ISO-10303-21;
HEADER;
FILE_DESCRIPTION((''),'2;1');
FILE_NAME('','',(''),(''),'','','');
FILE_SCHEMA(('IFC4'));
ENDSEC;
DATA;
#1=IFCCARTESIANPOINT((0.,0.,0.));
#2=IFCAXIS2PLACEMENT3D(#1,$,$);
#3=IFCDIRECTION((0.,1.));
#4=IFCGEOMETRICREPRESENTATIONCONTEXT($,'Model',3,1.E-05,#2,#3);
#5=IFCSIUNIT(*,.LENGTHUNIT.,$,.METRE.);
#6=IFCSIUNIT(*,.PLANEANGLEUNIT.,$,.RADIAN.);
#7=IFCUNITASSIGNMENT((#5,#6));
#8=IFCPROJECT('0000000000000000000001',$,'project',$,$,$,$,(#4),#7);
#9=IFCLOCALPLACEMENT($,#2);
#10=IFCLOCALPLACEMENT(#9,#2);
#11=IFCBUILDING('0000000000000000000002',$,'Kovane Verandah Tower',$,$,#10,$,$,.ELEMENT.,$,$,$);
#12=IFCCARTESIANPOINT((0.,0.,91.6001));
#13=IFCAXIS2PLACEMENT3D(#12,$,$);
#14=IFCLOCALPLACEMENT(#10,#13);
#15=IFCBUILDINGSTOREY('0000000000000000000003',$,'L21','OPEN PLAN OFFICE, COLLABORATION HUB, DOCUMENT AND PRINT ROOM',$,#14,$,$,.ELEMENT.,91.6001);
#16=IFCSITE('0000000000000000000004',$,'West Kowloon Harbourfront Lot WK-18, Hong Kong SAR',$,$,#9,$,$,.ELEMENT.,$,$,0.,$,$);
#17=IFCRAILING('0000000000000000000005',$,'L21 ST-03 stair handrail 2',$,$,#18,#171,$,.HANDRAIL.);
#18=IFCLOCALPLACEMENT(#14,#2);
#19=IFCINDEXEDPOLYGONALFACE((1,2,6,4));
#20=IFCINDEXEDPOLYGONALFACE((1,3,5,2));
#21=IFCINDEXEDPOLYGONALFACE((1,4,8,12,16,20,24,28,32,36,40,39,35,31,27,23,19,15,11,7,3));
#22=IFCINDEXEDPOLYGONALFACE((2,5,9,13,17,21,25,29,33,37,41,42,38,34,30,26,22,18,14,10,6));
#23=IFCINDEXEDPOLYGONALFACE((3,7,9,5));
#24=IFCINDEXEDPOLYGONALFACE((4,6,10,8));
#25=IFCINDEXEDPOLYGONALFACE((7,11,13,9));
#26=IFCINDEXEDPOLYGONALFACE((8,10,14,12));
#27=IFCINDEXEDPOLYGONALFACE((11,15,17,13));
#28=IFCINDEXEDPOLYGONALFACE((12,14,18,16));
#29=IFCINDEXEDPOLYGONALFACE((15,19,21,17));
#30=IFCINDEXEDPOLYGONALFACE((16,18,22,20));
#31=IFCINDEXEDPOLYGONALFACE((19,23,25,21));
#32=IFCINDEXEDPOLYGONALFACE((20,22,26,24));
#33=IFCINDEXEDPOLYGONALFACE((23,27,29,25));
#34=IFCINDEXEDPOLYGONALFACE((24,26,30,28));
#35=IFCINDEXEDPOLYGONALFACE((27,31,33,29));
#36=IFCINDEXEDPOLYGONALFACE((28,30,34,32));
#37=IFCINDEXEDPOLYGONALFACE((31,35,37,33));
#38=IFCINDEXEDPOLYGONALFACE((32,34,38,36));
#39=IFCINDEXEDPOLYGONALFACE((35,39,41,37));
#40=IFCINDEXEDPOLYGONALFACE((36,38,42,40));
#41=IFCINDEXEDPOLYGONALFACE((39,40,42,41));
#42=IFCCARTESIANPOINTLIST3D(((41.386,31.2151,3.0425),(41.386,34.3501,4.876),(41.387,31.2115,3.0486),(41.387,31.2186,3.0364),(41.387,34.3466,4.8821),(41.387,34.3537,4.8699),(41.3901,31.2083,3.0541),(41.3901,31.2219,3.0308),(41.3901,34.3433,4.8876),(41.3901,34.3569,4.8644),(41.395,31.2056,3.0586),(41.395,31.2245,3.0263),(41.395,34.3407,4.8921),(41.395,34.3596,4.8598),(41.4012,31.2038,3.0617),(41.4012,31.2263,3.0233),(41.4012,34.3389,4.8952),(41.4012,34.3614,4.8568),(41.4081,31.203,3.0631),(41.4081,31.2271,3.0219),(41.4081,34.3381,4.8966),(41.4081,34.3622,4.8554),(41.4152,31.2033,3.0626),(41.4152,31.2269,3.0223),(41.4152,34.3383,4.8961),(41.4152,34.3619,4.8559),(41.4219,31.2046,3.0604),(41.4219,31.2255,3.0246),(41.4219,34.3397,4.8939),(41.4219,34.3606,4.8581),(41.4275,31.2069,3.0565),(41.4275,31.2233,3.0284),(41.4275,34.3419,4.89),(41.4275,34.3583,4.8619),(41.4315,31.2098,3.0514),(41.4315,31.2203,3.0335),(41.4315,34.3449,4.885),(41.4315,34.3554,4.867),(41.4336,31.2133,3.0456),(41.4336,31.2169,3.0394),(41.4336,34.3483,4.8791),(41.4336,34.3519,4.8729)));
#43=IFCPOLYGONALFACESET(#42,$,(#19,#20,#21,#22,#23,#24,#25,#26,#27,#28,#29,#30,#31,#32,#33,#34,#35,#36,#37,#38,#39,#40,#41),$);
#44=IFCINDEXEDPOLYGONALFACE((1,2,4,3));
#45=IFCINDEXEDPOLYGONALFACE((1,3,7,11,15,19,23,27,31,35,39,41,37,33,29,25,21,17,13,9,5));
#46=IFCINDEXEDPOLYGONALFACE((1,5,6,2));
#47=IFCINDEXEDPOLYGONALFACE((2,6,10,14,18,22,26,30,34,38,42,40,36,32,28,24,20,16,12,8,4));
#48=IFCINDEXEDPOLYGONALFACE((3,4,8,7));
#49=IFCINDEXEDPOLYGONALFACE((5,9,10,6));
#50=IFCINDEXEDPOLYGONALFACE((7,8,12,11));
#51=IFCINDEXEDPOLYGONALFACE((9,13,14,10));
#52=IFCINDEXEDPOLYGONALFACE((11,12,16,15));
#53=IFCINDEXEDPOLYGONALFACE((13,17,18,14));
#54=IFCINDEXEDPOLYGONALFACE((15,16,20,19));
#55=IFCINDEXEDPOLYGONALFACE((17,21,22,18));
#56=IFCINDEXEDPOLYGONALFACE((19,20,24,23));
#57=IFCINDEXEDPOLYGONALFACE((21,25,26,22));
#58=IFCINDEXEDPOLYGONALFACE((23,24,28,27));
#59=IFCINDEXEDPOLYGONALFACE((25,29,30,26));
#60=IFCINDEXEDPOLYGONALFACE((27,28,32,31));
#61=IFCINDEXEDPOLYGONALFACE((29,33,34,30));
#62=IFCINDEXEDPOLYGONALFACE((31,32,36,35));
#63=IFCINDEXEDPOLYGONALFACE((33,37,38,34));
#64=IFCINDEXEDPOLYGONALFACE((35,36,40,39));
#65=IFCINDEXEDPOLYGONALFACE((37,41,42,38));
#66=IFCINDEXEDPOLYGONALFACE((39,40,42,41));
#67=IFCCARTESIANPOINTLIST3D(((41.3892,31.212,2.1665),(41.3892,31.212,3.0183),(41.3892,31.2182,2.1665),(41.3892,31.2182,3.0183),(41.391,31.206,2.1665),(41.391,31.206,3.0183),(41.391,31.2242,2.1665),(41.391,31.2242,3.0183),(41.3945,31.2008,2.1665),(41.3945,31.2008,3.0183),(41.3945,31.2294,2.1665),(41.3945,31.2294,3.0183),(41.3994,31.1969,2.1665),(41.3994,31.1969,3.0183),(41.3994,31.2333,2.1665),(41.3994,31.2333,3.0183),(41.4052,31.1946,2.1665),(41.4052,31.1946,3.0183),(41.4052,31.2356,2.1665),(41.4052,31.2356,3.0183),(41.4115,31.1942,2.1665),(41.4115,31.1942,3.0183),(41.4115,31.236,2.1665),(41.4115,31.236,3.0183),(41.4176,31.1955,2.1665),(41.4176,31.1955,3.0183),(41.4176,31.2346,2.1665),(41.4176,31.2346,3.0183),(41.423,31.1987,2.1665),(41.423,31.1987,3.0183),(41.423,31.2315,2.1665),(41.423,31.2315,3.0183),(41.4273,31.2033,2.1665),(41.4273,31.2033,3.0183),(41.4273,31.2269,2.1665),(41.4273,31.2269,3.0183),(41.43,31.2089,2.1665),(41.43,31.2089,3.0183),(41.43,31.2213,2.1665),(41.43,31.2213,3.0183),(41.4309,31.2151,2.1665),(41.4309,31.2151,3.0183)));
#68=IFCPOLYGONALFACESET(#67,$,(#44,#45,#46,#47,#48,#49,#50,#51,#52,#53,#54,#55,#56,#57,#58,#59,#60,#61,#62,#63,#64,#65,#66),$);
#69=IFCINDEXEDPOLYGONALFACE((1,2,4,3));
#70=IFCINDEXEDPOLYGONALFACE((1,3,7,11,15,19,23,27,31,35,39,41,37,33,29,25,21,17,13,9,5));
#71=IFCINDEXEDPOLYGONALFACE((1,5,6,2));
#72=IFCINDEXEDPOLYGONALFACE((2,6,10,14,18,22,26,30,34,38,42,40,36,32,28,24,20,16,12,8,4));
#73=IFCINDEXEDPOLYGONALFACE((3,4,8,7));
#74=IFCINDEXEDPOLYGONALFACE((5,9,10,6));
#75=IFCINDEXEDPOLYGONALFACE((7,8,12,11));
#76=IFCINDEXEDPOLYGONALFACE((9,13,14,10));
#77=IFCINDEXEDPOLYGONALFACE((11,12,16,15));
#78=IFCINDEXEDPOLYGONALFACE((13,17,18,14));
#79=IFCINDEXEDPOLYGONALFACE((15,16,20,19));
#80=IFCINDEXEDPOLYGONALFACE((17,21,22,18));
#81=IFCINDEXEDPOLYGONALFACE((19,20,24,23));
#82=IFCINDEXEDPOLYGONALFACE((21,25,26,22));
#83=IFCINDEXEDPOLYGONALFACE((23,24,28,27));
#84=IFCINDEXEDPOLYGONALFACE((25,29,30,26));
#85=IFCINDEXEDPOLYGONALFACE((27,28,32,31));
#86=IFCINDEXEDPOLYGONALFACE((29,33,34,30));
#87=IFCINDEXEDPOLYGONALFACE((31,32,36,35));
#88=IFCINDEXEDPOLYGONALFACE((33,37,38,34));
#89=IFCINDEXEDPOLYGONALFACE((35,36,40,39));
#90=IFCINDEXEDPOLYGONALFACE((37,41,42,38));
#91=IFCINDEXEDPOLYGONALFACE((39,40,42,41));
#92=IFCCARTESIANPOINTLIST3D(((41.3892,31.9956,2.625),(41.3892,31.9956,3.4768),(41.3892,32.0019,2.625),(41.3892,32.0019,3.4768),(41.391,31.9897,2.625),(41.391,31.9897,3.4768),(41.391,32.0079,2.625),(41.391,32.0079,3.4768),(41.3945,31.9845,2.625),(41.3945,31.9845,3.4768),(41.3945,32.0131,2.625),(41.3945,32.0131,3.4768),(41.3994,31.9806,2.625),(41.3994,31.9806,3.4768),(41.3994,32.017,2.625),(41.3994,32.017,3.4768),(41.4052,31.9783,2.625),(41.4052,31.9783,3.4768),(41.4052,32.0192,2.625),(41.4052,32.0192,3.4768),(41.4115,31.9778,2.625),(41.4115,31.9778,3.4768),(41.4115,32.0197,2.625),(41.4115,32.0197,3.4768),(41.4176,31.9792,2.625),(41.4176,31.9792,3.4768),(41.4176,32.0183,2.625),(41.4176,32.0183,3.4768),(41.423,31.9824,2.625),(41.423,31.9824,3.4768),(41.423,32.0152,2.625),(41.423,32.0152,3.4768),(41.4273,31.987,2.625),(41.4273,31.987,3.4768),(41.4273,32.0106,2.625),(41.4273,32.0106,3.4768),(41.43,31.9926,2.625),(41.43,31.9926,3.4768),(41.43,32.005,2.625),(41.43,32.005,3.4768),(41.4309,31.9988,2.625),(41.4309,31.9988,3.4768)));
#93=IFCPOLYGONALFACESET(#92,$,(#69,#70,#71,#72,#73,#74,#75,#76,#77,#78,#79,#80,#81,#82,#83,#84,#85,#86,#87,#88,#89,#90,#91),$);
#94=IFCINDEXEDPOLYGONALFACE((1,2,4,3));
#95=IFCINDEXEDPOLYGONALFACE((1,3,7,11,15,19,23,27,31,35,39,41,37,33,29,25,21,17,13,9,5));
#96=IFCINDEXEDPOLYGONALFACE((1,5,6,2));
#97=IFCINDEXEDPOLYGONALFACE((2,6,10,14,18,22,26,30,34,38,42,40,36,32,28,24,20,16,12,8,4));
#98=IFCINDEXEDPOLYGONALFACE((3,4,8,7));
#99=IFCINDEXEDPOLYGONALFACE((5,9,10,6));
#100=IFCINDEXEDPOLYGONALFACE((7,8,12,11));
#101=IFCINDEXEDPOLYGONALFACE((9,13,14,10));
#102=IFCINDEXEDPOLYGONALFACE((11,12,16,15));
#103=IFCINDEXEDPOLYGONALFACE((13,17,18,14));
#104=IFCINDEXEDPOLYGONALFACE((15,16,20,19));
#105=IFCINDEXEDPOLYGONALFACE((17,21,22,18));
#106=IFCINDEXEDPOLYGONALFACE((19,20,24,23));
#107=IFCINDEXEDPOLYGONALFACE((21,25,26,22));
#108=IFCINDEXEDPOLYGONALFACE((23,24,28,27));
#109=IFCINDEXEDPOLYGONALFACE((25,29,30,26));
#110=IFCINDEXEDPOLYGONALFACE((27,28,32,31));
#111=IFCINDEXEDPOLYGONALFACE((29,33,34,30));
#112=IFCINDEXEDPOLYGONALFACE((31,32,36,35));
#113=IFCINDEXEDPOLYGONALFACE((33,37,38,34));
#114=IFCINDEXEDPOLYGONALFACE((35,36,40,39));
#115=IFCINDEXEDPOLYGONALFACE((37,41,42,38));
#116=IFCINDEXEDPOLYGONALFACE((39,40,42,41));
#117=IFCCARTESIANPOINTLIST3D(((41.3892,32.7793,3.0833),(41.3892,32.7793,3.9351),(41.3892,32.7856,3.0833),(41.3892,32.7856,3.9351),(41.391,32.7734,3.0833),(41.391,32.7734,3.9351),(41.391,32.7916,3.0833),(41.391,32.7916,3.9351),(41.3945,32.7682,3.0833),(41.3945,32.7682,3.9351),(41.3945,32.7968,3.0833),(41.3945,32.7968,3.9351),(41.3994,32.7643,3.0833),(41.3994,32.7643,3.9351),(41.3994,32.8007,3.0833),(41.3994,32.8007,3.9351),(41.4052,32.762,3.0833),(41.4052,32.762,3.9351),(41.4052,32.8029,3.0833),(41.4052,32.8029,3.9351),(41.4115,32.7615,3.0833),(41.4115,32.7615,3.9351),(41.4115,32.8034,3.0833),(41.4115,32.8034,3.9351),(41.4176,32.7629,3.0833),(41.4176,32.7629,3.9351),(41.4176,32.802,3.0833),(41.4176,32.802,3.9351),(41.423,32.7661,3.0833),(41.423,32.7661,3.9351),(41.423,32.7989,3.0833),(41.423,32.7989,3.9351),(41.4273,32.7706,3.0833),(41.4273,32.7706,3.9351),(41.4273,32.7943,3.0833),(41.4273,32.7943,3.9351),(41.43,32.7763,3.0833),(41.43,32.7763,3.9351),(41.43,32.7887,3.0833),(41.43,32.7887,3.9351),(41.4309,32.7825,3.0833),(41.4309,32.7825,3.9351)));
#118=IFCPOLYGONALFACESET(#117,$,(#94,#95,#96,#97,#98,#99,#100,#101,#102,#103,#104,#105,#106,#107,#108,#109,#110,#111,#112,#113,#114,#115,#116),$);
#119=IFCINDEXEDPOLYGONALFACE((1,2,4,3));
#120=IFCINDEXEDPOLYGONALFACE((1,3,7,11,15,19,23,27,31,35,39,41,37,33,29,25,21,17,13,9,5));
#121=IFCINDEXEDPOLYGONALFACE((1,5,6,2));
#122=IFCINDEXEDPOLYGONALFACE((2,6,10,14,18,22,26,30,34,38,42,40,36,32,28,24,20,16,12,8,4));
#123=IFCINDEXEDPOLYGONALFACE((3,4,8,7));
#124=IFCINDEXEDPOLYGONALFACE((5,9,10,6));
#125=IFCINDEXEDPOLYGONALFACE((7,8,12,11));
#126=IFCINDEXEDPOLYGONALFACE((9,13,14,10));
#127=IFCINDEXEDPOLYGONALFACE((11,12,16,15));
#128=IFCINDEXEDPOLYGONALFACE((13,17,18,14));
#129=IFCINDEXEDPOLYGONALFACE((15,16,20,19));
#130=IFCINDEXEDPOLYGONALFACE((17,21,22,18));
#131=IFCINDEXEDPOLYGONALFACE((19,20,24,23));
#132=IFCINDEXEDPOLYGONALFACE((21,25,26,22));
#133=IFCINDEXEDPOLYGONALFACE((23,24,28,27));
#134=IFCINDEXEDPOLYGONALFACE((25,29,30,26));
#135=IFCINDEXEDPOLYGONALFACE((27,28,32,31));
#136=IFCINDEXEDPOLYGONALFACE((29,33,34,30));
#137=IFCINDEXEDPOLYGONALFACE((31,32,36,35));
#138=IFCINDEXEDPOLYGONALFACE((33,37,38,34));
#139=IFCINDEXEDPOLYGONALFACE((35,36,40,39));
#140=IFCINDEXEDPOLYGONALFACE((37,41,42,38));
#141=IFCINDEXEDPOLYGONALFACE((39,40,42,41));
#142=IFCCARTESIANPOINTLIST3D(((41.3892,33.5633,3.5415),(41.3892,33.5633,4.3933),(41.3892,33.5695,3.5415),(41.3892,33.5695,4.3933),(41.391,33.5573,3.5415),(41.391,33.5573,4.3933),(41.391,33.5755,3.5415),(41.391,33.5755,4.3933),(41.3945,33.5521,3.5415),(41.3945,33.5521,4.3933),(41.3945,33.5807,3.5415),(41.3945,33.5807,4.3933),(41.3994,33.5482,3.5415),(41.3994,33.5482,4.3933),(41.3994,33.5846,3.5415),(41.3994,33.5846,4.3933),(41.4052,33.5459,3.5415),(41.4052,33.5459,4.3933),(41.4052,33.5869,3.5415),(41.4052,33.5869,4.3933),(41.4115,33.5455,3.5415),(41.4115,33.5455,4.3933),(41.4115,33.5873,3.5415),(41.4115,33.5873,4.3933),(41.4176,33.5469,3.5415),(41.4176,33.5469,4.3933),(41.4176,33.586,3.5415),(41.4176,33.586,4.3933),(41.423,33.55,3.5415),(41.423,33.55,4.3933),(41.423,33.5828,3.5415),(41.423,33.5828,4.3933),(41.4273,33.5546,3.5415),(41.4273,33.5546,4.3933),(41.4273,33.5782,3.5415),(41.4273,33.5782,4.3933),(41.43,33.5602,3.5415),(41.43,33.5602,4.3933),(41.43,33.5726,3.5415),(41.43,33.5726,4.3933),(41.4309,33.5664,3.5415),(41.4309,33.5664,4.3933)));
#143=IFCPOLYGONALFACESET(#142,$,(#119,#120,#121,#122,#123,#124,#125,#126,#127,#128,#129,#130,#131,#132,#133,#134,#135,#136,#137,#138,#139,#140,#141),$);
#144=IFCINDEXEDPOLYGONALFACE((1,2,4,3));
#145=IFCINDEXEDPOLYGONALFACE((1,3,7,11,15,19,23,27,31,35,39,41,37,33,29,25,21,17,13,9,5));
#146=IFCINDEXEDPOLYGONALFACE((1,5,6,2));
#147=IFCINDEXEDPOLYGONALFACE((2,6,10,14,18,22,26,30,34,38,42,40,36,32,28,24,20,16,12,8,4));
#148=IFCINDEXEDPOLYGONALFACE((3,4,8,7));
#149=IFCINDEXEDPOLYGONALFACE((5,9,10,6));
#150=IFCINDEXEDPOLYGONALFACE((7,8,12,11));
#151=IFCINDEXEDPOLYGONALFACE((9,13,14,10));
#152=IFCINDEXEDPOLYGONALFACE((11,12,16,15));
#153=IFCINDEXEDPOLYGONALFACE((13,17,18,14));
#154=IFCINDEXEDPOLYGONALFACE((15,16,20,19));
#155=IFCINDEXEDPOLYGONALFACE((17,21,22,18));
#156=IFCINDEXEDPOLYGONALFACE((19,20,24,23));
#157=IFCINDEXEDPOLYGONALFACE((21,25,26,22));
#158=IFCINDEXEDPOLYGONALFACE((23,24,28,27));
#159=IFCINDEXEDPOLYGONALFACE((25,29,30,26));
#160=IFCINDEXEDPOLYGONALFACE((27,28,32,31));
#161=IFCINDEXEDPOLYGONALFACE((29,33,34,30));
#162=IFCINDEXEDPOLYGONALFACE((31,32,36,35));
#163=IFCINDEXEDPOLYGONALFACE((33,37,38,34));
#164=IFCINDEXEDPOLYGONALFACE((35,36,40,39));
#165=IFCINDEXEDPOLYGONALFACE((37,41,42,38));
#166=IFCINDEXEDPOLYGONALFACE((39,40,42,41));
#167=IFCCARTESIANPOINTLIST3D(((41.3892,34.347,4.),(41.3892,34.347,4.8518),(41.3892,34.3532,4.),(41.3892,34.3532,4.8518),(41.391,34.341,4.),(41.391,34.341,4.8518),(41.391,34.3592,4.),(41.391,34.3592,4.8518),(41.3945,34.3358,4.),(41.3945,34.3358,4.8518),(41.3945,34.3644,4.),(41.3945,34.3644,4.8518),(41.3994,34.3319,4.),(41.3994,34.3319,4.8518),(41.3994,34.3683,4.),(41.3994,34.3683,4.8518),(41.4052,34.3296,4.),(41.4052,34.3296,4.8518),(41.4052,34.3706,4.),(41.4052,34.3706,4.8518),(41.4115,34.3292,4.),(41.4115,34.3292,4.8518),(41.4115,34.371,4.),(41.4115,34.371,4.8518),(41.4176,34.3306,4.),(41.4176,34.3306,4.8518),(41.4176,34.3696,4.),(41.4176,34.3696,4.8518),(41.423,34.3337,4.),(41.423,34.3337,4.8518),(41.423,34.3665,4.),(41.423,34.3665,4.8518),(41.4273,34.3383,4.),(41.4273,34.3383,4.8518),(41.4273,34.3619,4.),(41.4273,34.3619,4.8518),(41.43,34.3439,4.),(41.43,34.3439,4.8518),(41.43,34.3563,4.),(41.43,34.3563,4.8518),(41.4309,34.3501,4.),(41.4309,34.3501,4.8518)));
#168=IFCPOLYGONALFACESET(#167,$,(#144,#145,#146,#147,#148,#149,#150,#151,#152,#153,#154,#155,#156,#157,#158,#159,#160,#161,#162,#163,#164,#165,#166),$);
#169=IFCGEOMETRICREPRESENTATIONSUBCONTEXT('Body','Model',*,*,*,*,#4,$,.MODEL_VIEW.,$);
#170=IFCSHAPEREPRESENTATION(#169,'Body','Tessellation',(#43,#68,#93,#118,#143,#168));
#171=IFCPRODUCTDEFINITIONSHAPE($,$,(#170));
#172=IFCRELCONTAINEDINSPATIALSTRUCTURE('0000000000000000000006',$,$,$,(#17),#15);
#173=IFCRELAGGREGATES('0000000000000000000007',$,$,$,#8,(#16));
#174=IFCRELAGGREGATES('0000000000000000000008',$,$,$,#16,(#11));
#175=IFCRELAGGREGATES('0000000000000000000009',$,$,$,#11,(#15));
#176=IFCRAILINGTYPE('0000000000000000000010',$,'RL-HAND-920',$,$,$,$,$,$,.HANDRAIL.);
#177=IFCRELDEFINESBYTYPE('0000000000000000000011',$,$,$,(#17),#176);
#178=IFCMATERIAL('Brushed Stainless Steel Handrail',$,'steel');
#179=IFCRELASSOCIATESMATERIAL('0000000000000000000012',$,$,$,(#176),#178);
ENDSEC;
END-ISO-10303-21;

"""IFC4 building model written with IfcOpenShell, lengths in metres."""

from ifc_helpers import new_model, si_unit, direction, frame, origin, origin_2d, place, context, subcontext, project, spatial, circle, extrude, material, type_object, element, save


model = new_model("IFC4")

# Units and contexts
model_context = context("Model", 3, precision=1e-05, world=origin(), true_north=direction((0.0, 1.0)))
body_context = subcontext(model_context, "Body", "Model", "MODEL_VIEW")
ifc_project = project(units=[si_unit("LENGTHUNIT", "METRE"), si_unit("PLANEANGLEUNIT", "RADIAN")], contexts=[model_context])

# Site, building, storey
site_placement = place(None, origin())
site = spatial("IfcSite", under=ifc_project, at=site_placement, Name="West Kowloon Harbourfront Lot WK-18, Hong Kong SAR", CompositionType="ELEMENT", RefElevation=0.0)
building_placement = place(site_placement, origin())
building = spatial("IfcBuilding", under=site, at=building_placement, Name="Kovane Verandah Tower", CompositionType="ELEMENT")
storey_placement = place(building_placement, frame((0.0, 0.0, 91.6001)))
storey = spatial("IfcBuildingStorey", under=building, at=storey_placement, Name="L21", Description="OPEN PLAN OFFICE, COLLABORATION HUB, DOCUMENT AND PRINT ROOM", CompositionType="ELEMENT", Elevation=91.6001)

# Railing
ifc_material_1 = material(Name="Brushed Stainless Steel Handrail", Category="steel")
railing_type_1 = type_object("IfcRailingType", Name="RL-HAND-920", PredefinedType="HANDRAIL", material=ifc_material_1)
railing_1_placement = place(storey_placement, frame((41.4099, 31.2151, 2.1665)))
element("IfcRailing", 1, at=railing_1_placement, inside=storey, type_object=railing_type_1, Name="L21 ST-03 stair handrail 2", PredefinedType="HANDRAIL", context=body_context, shape_type="SweptSolid", body=[
    extrude(circle(Radius=0.0239, at=origin_2d()), frame((0.0, 0.0, 0.876), z_axis=(0.0, 0.86321, 0.504845), x_axis=(-1.0, 0.0, 0.0)), (0.0, 0.0, 1.0), 3.6318),
    extrude(circle(Radius=0.021, at=origin_2d()), origin(), (0.0, 0.0, 1.0), 0.8518),
    extrude(circle(Radius=0.021, at=origin_2d()), frame((0.0, 0.7837, 0.4585)), (0.0, 0.0, 1.0), 0.8518),
    extrude(circle(Radius=0.021, at=origin_2d()), frame((0.0, 1.5674, 0.9167)), (0.0, 0.0, 1.0), 0.8518),
    extrude(circle(Radius=0.021, at=origin_2d()), frame((0.0, 2.3513, 1.375)), (0.0, 0.0, 1.0), 0.8518),
    extrude(circle(Radius=0.021, at=origin_2d()), frame((0.0, 3.135, 1.8335)), (0.0, 0.0, 1.0), 0.8518),
])

save(model, "model.ifc")
